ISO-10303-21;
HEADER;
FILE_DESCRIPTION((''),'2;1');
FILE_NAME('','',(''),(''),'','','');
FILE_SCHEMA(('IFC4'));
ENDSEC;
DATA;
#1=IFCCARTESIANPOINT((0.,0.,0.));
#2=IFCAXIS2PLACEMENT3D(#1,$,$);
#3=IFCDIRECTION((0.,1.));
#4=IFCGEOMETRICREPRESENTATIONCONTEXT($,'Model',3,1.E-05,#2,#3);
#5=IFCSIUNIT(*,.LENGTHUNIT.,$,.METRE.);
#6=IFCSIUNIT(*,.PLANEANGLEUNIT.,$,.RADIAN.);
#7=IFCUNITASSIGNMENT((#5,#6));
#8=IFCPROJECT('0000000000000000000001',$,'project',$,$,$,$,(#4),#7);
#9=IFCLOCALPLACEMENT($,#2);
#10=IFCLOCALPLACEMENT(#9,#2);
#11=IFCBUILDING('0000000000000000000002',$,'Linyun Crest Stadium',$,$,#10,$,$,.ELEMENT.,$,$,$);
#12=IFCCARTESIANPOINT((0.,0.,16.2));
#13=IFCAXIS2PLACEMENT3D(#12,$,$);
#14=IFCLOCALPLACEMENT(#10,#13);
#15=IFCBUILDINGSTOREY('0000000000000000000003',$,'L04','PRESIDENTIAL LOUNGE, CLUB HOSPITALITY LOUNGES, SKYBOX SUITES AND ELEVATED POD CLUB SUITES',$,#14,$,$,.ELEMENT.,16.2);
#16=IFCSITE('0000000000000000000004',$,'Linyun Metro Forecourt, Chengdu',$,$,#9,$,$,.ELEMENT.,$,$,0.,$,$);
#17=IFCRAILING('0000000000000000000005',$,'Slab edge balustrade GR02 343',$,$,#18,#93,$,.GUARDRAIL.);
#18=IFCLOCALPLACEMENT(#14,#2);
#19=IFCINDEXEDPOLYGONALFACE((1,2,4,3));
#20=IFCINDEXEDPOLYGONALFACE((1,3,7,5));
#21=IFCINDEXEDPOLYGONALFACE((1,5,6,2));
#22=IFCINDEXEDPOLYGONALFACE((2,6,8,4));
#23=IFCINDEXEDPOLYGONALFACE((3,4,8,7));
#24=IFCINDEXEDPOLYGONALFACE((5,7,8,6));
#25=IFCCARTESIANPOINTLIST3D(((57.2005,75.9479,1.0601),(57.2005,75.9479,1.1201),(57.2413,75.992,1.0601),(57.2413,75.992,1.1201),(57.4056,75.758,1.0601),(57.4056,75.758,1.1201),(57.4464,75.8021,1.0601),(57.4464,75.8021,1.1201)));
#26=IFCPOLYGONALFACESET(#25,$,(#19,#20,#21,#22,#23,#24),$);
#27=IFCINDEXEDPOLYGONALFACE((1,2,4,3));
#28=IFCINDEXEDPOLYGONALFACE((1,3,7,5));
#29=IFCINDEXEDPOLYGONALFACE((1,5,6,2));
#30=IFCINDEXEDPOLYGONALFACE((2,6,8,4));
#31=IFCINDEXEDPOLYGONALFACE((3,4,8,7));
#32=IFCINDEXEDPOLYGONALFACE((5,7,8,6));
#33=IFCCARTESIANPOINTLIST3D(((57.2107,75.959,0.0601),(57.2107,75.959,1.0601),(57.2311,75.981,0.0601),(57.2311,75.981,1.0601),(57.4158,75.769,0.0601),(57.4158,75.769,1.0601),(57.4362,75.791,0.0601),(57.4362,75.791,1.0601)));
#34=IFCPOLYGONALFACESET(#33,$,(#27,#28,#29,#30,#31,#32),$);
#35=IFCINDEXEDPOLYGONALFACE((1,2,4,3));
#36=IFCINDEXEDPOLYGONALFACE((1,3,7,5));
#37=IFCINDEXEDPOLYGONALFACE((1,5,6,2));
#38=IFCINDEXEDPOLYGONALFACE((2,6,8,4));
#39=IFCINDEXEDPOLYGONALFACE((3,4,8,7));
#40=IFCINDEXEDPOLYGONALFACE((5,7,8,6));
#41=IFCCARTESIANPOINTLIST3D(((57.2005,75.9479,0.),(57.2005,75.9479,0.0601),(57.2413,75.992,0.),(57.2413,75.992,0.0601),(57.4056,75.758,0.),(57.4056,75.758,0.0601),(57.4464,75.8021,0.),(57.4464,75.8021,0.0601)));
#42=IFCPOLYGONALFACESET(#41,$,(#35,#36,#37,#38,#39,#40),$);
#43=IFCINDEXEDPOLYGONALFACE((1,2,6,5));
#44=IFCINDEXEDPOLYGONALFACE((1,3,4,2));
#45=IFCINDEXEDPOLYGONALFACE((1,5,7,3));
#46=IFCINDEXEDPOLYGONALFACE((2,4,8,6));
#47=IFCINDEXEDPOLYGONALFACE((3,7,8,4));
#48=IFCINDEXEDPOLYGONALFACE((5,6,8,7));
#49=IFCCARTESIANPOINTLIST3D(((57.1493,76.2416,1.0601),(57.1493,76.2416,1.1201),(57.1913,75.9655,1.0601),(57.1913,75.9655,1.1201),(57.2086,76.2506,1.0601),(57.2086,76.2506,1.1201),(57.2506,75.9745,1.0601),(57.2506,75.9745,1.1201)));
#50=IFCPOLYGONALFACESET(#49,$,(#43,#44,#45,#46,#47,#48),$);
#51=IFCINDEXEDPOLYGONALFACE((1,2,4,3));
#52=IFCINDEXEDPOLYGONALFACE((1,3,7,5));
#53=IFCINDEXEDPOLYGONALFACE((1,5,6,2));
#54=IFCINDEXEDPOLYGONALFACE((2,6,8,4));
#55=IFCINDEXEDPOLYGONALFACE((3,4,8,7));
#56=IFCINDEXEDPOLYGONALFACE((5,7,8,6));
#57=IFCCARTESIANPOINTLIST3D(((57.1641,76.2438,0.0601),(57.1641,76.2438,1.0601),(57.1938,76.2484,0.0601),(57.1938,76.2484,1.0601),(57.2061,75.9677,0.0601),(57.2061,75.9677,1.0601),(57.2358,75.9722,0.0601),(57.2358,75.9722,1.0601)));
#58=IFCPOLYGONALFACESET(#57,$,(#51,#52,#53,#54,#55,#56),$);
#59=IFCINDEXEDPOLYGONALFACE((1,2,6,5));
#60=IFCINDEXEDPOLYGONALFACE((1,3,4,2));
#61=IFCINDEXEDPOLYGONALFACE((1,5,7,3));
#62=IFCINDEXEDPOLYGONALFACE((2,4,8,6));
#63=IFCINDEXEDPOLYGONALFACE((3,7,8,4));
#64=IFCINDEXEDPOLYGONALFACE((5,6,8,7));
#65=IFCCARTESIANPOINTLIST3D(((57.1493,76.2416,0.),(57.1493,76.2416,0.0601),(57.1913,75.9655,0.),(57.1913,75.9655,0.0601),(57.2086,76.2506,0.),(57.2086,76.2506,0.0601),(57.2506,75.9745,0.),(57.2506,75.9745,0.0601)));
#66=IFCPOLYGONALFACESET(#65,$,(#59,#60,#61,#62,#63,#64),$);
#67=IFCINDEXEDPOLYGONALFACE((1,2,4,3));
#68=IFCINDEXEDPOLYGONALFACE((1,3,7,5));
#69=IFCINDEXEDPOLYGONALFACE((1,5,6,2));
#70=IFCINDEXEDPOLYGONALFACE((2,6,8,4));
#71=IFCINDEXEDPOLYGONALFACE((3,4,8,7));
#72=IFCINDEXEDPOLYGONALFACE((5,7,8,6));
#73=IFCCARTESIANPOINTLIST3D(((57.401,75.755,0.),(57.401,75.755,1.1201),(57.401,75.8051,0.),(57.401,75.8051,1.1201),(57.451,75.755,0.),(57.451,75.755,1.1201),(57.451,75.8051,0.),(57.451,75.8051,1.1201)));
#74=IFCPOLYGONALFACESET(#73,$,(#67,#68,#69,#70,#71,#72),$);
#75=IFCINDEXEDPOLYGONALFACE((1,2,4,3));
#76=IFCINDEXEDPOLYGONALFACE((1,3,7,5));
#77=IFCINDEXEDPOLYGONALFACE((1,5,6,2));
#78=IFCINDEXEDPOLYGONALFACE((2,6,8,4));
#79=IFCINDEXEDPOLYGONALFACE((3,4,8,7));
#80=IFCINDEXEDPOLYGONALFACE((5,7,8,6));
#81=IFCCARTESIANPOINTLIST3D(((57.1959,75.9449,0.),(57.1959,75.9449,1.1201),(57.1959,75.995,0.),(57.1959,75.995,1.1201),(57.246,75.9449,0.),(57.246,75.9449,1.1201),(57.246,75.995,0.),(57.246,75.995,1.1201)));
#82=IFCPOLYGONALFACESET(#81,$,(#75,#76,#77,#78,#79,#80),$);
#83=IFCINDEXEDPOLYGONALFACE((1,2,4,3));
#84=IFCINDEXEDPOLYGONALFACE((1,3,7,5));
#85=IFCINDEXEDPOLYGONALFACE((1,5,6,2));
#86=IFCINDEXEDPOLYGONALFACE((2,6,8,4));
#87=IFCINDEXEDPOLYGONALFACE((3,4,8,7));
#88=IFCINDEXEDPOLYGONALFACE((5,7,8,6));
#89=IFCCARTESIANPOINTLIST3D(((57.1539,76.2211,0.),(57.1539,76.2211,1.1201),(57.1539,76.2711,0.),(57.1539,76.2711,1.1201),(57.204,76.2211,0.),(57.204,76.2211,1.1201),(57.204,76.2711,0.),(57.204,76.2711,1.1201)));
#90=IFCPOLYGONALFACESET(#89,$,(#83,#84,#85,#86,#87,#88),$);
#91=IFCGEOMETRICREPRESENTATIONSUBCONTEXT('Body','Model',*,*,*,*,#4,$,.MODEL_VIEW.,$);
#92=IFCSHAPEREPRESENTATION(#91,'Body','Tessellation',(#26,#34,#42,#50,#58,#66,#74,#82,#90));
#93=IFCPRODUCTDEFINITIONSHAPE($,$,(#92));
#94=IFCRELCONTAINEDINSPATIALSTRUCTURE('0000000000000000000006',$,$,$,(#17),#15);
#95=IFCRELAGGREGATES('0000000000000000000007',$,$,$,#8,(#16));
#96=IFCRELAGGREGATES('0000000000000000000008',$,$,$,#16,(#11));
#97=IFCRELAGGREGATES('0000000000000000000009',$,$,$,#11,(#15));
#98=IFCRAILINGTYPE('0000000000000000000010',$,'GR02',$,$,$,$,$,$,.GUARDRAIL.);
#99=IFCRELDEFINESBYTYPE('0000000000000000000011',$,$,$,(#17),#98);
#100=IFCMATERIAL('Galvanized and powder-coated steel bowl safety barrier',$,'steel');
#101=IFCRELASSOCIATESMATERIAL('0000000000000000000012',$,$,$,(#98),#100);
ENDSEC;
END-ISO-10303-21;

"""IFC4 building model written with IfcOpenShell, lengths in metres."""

from ifc_helpers import new_model, si_unit, direction, frame, origin, origin_2d, place, context, subcontext, project, spatial, rectangle, extrude, material, type_object, element, save


model = new_model("IFC4")

# Units and contexts
model_context = context("Model", 3, precision=1e-05, world=origin(), true_north=direction((0.0, 1.0)))
body_context = subcontext(model_context, "Body", "Model", "MODEL_VIEW")
ifc_project = project(units=[si_unit("LENGTHUNIT", "METRE"), si_unit("PLANEANGLEUNIT", "RADIAN")], contexts=[model_context])

# Site, building, storey
site_placement = place(None, origin())
site = spatial("IfcSite", under=ifc_project, at=site_placement, Name="Linyun Metro Forecourt, Chengdu", CompositionType="ELEMENT", RefElevation=0.0)
building_placement = place(site_placement, origin())
building = spatial("IfcBuilding", under=site, at=building_placement, Name="Linyun Crest Stadium", CompositionType="ELEMENT")
storey_placement = place(building_placement, frame((0.0, 0.0, 16.2)))
storey = spatial("IfcBuildingStorey", under=building, at=storey_placement, Name="L04", Description="PRESIDENTIAL LOUNGE, CLUB HOSPITALITY LOUNGES, SKYBOX SUITES AND ELEVATED POD CLUB SUITES", CompositionType="ELEMENT", Elevation=16.2)

# Railing
ifc_material_1 = material(Name="Galvanized and powder-coated steel bowl safety barrier", Category="steel")
railing_type = type_object("IfcRailingType", Name="GR02", PredefinedType="GUARDRAIL", material=ifc_material_1)
railing_placement = place(storey_placement, frame((57.426, 75.78, 0.0)))
element("IfcRailing", 1, at=railing_placement, inside=storey, type_object=railing_type, Name="Slab edge balustrade GR02 343", PredefinedType="GUARDRAIL", context=body_context, shape_type="SweptSolid", body=[
    extrude(rectangle(XDim=0.0601, YDim=0.0601, at=origin_2d()), frame((0.0, 0.0, 1.0901), z_axis=(-0.733664, 0.679513, 0.0), x_axis=(-0.679513, -0.733664, 0.0)), (0.0, 0.0, 1.0), 0.2795),
    extrude(rectangle(XDim=0.03, YDim=1.0, at=origin_2d()), frame((0.0, 0.0, 0.5601), z_axis=(-0.733664, 0.679513, 0.0), x_axis=(-0.679513, -0.733664, 0.0)), (0.0, 0.0, 1.0), 0.2795),
    extrude(rectangle(XDim=0.0601, YDim=0.0601, at=origin_2d()), frame((0.0, 0.0, 0.03), z_axis=(-0.733664, 0.679513, 0.0), x_axis=(-0.679513, -0.733664, 0.0)), (0.0, 0.0, 1.0), 0.2795),
    extrude(rectangle(XDim=0.0601, YDim=0.0601, at=origin_2d()), frame((-0.2051, 0.1899, 1.0901), z_axis=(-0.150349, 0.988633, 0.0), x_axis=(-0.988633, -0.150349, 0.0)), (0.0, 0.0, 1.0), 0.2793),
    extrude(rectangle(XDim=0.03, YDim=1.0, at=origin_2d()), frame((-0.2051, 0.1899, 0.5601), z_axis=(-0.150349, 0.988633, 0.0), x_axis=(-0.988633, -0.150349, 0.0)), (0.0, 0.0, 1.0), 0.2793),
    extrude(rectangle(XDim=0.0601, YDim=0.0601, at=origin_2d()), frame((-0.2051, 0.1899, 0.03), z_axis=(-0.150349, 0.988633, 0.0), x_axis=(-0.988633, -0.150349, 0.0)), (0.0, 0.0, 1.0), 0.2793),
    extrude(rectangle(XDim=0.05, YDim=0.05, at=origin_2d()), origin(), (0.0, 0.0, 1.0), 1.1201),
    extrude(rectangle(XDim=0.05, YDim=0.05, at=origin_2d()), frame((-0.2051, 0.1899, 0.0)), (0.0, 0.0, 1.0), 1.1201),
    extrude(rectangle(XDim=0.05, YDim=0.05, at=origin_2d()), frame((-0.2471, 0.4661, 0.0)), (0.0, 0.0, 1.0), 1.1201),
])

save(model, "model.ifc")
